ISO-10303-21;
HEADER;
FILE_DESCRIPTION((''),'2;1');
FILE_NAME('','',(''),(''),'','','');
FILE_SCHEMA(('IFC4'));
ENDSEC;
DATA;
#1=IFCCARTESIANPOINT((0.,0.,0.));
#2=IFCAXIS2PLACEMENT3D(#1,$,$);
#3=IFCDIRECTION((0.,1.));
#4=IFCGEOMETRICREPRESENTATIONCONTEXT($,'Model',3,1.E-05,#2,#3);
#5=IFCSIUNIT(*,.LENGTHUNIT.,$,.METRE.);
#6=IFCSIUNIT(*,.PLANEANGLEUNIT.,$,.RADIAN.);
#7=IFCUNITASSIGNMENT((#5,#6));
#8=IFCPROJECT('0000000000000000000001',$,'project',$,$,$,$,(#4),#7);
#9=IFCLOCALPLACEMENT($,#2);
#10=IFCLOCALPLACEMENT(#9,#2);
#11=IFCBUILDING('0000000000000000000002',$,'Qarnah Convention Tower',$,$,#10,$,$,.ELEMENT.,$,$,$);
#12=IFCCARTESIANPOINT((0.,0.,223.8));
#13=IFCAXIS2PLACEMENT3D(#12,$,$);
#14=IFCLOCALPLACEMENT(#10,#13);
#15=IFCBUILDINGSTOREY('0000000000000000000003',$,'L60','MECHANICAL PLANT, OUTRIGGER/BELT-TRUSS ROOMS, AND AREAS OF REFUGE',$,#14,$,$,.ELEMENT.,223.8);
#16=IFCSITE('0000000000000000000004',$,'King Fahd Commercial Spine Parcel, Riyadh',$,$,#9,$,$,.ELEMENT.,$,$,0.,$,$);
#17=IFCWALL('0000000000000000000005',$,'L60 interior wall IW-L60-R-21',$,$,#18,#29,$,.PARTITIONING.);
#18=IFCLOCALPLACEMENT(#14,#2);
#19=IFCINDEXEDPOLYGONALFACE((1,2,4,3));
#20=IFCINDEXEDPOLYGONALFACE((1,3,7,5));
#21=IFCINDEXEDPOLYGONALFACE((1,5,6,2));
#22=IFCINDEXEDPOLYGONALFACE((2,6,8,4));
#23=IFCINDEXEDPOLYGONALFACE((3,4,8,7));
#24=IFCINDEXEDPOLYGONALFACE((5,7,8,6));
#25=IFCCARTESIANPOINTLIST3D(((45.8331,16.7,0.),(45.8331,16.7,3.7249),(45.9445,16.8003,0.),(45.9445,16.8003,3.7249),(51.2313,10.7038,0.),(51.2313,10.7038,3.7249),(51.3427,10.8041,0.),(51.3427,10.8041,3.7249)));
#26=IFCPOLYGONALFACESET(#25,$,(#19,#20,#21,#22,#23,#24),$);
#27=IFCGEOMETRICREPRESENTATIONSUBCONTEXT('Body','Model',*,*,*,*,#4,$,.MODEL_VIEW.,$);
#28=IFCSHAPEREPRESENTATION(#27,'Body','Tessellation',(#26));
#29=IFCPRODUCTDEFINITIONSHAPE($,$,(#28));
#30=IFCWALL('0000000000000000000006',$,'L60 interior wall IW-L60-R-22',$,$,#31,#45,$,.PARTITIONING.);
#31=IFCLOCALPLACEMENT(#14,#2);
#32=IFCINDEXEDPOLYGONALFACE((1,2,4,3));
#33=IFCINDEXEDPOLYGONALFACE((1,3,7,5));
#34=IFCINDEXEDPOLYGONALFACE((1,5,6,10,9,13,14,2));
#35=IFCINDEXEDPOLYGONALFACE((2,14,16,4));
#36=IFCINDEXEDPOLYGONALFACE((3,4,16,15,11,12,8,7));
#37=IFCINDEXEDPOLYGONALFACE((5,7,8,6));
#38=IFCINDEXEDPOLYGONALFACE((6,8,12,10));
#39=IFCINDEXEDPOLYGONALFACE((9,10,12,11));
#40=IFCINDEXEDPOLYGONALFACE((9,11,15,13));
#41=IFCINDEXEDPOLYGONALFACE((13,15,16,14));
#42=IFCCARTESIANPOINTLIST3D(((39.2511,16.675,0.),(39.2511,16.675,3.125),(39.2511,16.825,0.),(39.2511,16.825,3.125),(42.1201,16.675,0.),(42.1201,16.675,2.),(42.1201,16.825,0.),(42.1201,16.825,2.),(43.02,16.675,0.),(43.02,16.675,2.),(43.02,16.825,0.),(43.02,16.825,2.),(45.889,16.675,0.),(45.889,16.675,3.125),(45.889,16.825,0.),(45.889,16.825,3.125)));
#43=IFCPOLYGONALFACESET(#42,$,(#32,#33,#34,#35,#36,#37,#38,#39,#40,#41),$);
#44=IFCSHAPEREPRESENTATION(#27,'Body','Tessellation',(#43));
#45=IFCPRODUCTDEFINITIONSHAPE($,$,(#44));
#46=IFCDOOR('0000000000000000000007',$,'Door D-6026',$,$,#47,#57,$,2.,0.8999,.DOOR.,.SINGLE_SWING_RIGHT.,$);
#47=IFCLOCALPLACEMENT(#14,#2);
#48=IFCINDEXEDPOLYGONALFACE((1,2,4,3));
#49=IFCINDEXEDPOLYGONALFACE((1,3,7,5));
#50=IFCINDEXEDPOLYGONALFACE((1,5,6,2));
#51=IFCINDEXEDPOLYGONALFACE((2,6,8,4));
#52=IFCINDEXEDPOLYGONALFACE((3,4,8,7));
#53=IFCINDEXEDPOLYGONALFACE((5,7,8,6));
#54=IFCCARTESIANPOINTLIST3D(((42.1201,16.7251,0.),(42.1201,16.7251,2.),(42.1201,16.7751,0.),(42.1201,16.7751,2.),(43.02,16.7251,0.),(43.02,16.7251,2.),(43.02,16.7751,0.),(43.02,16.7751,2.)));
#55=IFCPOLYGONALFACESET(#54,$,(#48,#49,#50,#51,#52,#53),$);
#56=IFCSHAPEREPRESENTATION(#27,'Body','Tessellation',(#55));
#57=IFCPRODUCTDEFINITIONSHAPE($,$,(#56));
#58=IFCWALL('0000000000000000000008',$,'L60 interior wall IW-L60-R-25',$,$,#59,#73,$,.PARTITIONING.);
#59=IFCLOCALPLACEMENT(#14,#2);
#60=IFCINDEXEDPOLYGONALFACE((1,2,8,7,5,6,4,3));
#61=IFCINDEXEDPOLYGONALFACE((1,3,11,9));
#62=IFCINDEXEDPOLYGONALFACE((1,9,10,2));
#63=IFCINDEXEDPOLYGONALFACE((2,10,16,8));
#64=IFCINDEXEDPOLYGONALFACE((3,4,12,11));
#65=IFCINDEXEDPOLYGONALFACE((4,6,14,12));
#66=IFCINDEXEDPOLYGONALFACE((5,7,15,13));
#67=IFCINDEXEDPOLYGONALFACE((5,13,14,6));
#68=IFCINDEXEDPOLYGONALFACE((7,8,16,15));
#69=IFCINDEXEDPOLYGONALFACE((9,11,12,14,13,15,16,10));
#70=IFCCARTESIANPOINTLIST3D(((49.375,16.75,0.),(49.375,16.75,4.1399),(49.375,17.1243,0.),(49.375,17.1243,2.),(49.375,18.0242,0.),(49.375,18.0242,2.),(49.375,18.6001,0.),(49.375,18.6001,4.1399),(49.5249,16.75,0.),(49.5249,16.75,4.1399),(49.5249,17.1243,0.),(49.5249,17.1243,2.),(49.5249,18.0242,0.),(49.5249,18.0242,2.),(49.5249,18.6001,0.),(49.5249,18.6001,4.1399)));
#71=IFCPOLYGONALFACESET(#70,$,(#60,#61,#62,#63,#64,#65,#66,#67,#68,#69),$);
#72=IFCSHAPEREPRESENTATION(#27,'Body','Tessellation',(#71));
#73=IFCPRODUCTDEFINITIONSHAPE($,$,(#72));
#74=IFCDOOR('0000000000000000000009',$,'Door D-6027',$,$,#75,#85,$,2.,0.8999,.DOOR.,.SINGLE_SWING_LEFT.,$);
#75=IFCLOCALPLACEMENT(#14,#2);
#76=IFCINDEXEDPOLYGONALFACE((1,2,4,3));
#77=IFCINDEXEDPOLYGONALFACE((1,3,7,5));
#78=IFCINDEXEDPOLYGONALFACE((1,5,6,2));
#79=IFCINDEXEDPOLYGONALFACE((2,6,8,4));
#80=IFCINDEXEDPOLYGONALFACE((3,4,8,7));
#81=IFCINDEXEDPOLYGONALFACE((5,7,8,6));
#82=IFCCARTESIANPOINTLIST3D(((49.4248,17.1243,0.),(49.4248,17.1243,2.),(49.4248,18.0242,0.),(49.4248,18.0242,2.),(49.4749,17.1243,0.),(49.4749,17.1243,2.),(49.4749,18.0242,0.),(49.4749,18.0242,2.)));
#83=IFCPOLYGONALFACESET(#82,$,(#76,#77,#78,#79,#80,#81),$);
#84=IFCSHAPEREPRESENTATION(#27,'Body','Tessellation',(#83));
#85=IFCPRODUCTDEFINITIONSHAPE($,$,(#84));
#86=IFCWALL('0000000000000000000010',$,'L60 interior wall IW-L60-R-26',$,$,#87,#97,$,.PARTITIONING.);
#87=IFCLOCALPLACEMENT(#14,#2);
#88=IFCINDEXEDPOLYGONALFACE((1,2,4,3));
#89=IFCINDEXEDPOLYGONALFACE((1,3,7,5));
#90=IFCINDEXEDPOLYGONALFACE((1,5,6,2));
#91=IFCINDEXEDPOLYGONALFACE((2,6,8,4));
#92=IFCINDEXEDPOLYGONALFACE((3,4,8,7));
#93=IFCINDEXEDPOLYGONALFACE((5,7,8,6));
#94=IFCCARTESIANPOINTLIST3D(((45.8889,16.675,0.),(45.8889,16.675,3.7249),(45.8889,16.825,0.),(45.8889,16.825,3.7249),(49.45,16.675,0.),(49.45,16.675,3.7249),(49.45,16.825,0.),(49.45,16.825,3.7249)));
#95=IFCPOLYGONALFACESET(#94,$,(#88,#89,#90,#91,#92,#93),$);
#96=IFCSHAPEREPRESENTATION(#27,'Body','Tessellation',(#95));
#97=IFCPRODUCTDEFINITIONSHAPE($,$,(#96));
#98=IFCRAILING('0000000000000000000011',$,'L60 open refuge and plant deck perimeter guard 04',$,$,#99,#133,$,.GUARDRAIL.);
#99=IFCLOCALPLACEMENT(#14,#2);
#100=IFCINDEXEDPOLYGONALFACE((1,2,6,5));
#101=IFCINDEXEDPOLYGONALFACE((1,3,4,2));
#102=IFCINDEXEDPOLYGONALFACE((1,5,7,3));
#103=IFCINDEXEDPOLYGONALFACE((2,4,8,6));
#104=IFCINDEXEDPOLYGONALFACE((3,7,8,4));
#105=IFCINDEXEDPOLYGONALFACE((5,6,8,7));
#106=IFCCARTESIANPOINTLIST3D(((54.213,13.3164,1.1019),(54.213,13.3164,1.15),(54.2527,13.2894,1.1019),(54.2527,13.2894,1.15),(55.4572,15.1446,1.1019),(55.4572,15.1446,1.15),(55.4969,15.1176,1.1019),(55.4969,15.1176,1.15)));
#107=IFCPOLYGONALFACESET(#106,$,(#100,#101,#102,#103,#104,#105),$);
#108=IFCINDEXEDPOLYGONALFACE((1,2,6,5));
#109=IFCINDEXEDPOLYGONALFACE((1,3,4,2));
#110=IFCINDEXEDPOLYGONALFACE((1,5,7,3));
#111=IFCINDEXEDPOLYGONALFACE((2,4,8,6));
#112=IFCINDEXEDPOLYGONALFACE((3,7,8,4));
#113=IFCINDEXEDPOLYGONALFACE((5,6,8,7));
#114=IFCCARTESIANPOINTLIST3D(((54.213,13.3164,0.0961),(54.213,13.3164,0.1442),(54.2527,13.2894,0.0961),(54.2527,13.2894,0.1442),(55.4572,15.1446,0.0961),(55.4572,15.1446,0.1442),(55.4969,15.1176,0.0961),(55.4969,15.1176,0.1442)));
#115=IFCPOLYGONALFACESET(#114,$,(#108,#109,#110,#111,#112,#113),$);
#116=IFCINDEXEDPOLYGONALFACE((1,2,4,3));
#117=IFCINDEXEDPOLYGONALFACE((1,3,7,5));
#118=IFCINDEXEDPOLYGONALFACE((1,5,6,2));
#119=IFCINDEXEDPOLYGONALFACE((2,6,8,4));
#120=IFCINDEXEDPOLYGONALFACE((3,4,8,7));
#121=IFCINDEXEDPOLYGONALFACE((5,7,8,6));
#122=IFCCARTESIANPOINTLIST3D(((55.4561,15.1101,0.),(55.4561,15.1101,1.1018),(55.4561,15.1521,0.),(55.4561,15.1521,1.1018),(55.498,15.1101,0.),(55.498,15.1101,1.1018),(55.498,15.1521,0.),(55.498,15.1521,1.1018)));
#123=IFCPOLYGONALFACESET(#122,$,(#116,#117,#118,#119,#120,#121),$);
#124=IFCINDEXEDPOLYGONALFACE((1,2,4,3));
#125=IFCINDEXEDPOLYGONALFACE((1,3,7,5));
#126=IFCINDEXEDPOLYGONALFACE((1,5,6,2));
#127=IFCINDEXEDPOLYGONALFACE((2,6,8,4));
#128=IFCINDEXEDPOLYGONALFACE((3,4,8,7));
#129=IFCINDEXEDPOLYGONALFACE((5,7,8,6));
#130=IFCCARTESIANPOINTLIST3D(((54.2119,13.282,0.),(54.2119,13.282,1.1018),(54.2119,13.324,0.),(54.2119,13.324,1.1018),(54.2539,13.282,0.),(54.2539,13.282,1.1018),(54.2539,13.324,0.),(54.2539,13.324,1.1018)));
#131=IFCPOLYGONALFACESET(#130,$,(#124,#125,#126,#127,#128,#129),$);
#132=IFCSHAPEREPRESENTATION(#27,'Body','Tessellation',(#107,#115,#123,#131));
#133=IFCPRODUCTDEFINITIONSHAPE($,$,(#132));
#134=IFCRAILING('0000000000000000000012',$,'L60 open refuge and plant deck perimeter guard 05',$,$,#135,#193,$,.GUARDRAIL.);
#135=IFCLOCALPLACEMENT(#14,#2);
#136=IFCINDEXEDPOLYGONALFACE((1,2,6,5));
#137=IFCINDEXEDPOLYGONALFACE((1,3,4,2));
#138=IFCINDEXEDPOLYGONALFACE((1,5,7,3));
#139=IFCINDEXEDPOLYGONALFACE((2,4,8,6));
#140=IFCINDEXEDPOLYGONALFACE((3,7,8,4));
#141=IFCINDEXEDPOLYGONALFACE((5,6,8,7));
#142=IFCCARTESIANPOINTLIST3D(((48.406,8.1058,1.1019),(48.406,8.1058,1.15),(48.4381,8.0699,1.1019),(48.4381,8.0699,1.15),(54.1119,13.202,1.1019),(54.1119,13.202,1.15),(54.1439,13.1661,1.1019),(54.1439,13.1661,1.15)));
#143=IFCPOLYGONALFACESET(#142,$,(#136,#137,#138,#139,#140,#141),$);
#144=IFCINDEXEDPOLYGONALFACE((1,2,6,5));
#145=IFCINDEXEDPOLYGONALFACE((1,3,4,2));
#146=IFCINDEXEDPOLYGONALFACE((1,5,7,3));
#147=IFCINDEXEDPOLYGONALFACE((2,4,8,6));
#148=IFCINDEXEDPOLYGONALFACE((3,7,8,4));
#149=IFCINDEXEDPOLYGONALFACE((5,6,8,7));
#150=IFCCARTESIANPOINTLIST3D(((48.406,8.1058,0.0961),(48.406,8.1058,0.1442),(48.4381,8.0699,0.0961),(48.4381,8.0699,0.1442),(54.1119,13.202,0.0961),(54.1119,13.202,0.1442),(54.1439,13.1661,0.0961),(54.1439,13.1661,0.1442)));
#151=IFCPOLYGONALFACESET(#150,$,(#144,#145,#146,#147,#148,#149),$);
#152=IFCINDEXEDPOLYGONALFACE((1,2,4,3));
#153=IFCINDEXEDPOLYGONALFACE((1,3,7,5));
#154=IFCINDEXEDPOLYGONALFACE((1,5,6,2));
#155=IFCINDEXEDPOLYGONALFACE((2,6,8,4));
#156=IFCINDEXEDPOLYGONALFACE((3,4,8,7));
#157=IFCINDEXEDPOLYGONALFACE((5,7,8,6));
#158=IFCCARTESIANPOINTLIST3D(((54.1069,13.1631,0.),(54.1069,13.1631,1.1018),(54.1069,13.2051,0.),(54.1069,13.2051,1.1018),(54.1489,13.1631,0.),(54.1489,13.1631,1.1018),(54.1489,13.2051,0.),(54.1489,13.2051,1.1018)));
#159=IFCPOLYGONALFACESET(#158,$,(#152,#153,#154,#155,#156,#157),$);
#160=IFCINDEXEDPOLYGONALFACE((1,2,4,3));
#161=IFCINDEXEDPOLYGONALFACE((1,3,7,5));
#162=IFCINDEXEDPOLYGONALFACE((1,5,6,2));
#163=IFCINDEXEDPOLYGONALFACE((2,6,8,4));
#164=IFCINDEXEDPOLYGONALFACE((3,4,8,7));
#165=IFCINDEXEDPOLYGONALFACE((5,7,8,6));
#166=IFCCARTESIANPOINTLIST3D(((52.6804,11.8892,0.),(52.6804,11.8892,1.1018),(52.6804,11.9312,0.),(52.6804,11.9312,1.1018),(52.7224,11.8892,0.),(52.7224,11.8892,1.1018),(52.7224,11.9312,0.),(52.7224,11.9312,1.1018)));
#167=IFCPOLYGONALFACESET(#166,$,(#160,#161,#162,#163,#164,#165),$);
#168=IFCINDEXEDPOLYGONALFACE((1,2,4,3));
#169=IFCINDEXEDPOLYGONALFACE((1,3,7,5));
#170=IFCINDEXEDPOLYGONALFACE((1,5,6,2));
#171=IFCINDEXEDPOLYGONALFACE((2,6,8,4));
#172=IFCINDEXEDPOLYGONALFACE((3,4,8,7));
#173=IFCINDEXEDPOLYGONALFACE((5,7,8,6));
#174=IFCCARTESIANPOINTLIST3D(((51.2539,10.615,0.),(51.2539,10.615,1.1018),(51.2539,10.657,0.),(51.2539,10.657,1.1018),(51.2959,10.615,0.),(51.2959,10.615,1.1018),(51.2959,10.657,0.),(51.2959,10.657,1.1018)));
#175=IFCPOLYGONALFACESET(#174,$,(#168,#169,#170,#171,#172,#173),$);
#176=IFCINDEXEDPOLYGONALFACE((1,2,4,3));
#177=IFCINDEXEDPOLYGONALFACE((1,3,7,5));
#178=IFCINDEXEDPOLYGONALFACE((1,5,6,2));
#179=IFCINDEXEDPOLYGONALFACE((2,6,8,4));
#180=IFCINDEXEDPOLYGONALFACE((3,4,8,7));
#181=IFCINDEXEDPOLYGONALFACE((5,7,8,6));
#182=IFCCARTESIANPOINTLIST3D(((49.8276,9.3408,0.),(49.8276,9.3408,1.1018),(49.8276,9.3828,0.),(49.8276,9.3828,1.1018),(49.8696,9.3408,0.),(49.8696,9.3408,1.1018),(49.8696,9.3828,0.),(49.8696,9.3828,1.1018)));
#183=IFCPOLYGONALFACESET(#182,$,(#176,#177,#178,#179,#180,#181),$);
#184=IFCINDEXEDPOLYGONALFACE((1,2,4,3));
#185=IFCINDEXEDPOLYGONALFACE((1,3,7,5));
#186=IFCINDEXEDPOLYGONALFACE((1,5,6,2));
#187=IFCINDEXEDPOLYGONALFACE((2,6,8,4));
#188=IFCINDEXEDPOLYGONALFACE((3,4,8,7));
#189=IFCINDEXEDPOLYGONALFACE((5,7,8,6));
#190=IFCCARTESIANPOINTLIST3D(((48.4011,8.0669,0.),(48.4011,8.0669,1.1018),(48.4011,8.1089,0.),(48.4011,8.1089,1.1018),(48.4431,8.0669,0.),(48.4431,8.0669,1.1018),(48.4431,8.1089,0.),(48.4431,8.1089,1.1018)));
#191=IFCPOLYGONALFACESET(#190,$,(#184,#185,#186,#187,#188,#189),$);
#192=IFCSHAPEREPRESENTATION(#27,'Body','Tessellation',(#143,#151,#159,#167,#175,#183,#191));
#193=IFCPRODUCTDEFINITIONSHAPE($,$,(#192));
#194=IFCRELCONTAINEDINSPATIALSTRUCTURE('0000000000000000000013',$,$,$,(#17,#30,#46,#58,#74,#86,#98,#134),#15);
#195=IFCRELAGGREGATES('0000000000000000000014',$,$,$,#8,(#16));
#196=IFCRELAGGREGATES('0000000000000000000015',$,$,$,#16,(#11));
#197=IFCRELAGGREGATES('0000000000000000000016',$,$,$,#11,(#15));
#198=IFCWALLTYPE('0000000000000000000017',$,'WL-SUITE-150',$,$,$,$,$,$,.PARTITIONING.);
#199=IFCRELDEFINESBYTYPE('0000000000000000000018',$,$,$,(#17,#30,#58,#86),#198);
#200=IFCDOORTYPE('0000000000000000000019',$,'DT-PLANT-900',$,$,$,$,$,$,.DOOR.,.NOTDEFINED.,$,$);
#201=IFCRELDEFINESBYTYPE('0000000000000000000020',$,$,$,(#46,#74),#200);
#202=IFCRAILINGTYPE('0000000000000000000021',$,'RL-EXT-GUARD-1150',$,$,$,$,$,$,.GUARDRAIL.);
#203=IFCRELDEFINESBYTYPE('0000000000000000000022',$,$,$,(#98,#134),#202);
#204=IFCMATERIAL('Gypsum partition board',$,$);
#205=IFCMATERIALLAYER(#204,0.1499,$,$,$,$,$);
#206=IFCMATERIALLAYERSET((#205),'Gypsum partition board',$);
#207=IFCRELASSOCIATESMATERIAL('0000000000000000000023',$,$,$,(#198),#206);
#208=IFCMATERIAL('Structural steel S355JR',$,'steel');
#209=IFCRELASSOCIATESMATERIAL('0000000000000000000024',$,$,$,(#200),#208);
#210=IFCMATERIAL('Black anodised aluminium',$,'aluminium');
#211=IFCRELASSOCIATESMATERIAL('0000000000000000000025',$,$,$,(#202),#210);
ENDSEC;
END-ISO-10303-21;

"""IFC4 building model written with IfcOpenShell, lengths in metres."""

from ifc_helpers import new_model, si_unit, direction, frame, frame_2d, origin, origin_2d, place, context, subcontext, project, spatial, rectangle, extrude, material, layer, layer_set, type_object, element, fill, save


model = new_model("IFC4")

# Units and contexts
model_context = context("Model", 3, precision=1e-05, world=origin(), true_north=direction((0.0, 1.0)))
body_context = subcontext(model_context, "Body", "Model", "MODEL_VIEW")
ifc_project = project(units=[si_unit("LENGTHUNIT", "METRE"), si_unit("PLANEANGLEUNIT", "RADIAN")], contexts=[model_context])

# Site, building, storey
site_placement = place(None, origin())
site = spatial("IfcSite", under=ifc_project, at=site_placement, Name="King Fahd Commercial Spine Parcel, Riyadh", CompositionType="ELEMENT", RefElevation=0.0)
building_placement = place(site_placement, origin())
building = spatial("IfcBuilding", under=site, at=building_placement, Name="Qarnah Convention Tower", CompositionType="ELEMENT")
storey_placement = place(building_placement, frame((0.0, 0.0, 223.8)))
storey = spatial("IfcBuildingStorey", under=building, at=storey_placement, Name="L60", Description="MECHANICAL PLANT, OUTRIGGER/BELT-TRUSS ROOMS, AND AREAS OF REFUGE", CompositionType="ELEMENT", Elevation=223.8)

# Shared definitions
ifc_material_1 = material(Name="Structural steel S355JR", Category="steel")

# Shared definitions
ifc_material_2 = material(Name="Gypsum partition board")
ifc_layer_1 = layer(ifc_material_2, 0.1499)
ifc_layer_set_1 = layer_set([ifc_layer_1], Name="Gypsum partition board")
wall_type_1 = type_object("IfcWallType", Name="WL-SUITE-150", PredefinedType="PARTITIONING", material=ifc_layer_set_1)

# Shared definitions
door_type_1 = type_object("IfcDoorType", Name="DT-PLANT-900", OperationType="NOTDEFINED", PredefinedType="DOOR", material=ifc_material_1)

# Wall
wall_1_placement = place(storey_placement, frame((51.2871, 10.7539, 0.0), z_axis=(0.0, 0.0, 1.0), x_axis=(-0.669082, 0.743189, 0.0)))
element("IfcWall", 1, at=wall_1_placement, inside=storey, type_object=wall_type_1, Name="L60 interior wall IW-L60-R-21", PredefinedType="PARTITIONING", context=body_context, shape_type="SweptSolid", body=[
    extrude(rectangle(XDim=8.0681, YDim=0.1499, at=frame_2d((4.0342, 0.0))), origin(), (0.0, 0.0, 1.0), 3.7249),
])

# Walls, openings, doors
wall_2_placement = place(storey_placement, frame((45.8889, 16.75, 0.0), z_axis=(0.0, 0.0, 1.0), x_axis=(-1.0, 0.0, 0.0)))
wall_2 = element("IfcWall", 2, at=wall_2_placement, inside=storey, type_object=wall_type_1, Name="L60 interior wall IW-L60-R-22", PredefinedType="PARTITIONING", context=body_context, shape_type="SweptSolid", body=[
    extrude(rectangle(XDim=6.6379, YDim=0.1499, at=frame_2d((3.3188, 0.0))), origin(), (0.0, 0.0, 1.0), 3.125),
])
opening_1_placement = place(wall_2_placement, frame((2.8689, 0.0, 0.0)))
opening_1 = element("IfcOpeningElement", 3, at=opening_1_placement, cuts=wall_2, PredefinedType="OPENING", context=body_context, shape_type="SweptSolid", body=[
    extrude(rectangle(XDim=0.8999, YDim=2.0, at=frame_2d((0.45, 1.0))), frame((0.0, 0.085, 0.0), z_axis=(0.0, -1.0, 0.0), x_axis=(1.0, 0.0, 0.0)), (0.0, 0.0, 1.0), 0.1699),
])
door_1_placement = place(opening_1_placement, origin())
door_1 = element("IfcDoor", 4, at=door_1_placement, inside=storey, type_object=door_type_1, Name="Door D-6026", OperationType="SINGLE_SWING_RIGHT", OverallHeight=2.0, OverallWidth=0.8999, PredefinedType="DOOR", context=body_context, shape_type="SweptSolid", body=[
    extrude(rectangle(XDim=0.8999, YDim=2.0, at=frame_2d((0.45, 1.0))), frame((0.0, 0.0249, 0.0), z_axis=(0.0, -1.0, 0.0), x_axis=(1.0, 0.0, 0.0)), (0.0, 0.0, 1.0), 0.05),
])
fill(opening_1, door_1)
wall_3_placement = place(storey_placement, frame((49.45, 18.6001, 0.0), z_axis=(0.0, 0.0, 1.0), x_axis=(0.0, -1.0, 0.0)))
wall_3 = element("IfcWall", 5, at=wall_3_placement, inside=storey, type_object=wall_type_1, Name="L60 interior wall IW-L60-R-25", PredefinedType="PARTITIONING", context=body_context, shape_type="SweptSolid", body=[
    extrude(rectangle(XDim=1.8501, YDim=0.1499, at=frame_2d((0.925, 0.0))), origin(), (0.0, 0.0, 1.0), 4.1399),
])
opening_2_placement = place(wall_3_placement, frame((0.5759, 0.0, 0.0)))
opening_2 = element("IfcOpeningElement", 6, at=opening_2_placement, cuts=wall_3, PredefinedType="OPENING", context=body_context, shape_type="SweptSolid", body=[
    extrude(rectangle(XDim=0.8999, YDim=2.0, at=frame_2d((0.45, 1.0))), frame((0.0, 0.085, 0.0), z_axis=(0.0, -1.0, 0.0), x_axis=(1.0, 0.0, 0.0)), (0.0, 0.0, 1.0), 0.1699),
])
door_2_placement = place(opening_2_placement, origin())
door_2 = element("IfcDoor", 7, at=door_2_placement, inside=storey, type_object=door_type_1, Name="Door D-6027", OperationType="SINGLE_SWING_LEFT", OverallHeight=2.0, OverallWidth=0.8999, PredefinedType="DOOR", context=body_context, shape_type="SweptSolid", body=[
    extrude(rectangle(XDim=0.8999, YDim=2.0, at=frame_2d((0.45, 1.0))), frame((0.0, 0.0249, 0.0), z_axis=(0.0, -1.0, 0.0), x_axis=(1.0, 0.0, 0.0)), (0.0, 0.0, 1.0), 0.05),
])
fill(opening_2, door_2)

# Wall
wall_4_placement = place(storey_placement, frame((49.45, 16.75, 0.0), z_axis=(0.0, 0.0, 1.0), x_axis=(-1.0, 0.0, 0.0)))
element("IfcWall", 8, at=wall_4_placement, inside=storey, type_object=wall_type_1, Name="L60 interior wall IW-L60-R-26", PredefinedType="PARTITIONING", context=body_context, shape_type="SweptSolid", body=[
    extrude(rectangle(XDim=3.561, YDim=0.1499, at=frame_2d((1.7805, 0.0))), origin(), (0.0, 0.0, 1.0), 3.7249),
])

# Railings
ifc_material_3 = material(Name="Black anodised aluminium", Category="aluminium")
railing_type = type_object("IfcRailingType", Name="RL-EXT-GUARD-1150", PredefinedType="GUARDRAIL", material=ifc_material_3)
railing_1_placement = place(storey_placement, frame((55.4771, 15.1311, 0.0)))
element("IfcRailing", 9, at=railing_1_placement, inside=storey, type_object=railing_type, Name="L60 open refuge and plant deck perimeter guard 04", PredefinedType="GUARDRAIL", context=body_context, shape_type="SweptSolid", body=[
    extrude(rectangle(XDim=0.0481, YDim=0.0481, at=origin_2d()), frame((0.0, 0.0, 1.126), z_axis=(-0.562624, -0.826713, 0.0), x_axis=(0.826713, -0.562624, 0.0)), (0.0, 0.0, 1.0), 2.2114),
    extrude(rectangle(XDim=0.0481, YDim=0.0481, at=origin_2d()), frame((0.0, 0.0, 0.1201), z_axis=(-0.562624, -0.826713, 0.0), x_axis=(0.826713, -0.562624, 0.0)), (0.0, 0.0, 1.0), 2.2114),
    extrude(rectangle(XDim=0.042, YDim=0.042, at=origin_2d()), origin(), (0.0, 0.0, 1.0), 1.1018),
    extrude(rectangle(XDim=0.042, YDim=0.042, at=origin_2d()), frame((-1.2441, -1.8281, 0.0)), (0.0, 0.0, 1.0), 1.1018),
])
railing_2_placement = place(storey_placement, frame((54.1279, 13.1841, 0.0)))
element("IfcRailing", 10, at=railing_2_placement, inside=storey, type_object=railing_type, Name="L60 open refuge and plant deck perimeter guard 05", PredefinedType="GUARDRAIL", context=body_context, shape_type="SweptSolid", body=[
    extrude(rectangle(XDim=0.0481, YDim=0.0481, at=origin_2d()), frame((0.0, 0.0, 1.126), z_axis=(-0.745826, -0.666141, 0.0), x_axis=(0.666141, -0.745826, 0.0)), (0.0, 0.0, 1.0), 7.6504),
    extrude(rectangle(XDim=0.0481, YDim=0.0481, at=origin_2d()), frame((0.0, 0.0, 0.1201), z_axis=(-0.745826, -0.666141, 0.0), x_axis=(0.666141, -0.745826, 0.0)), (0.0, 0.0, 1.0), 7.6504),
    extrude(rectangle(XDim=0.042, YDim=0.042, at=origin_2d()), origin(), (0.0, 0.0, 1.0), 1.1018),
    extrude(rectangle(XDim=0.042, YDim=0.042, at=origin_2d()), frame((-1.4265, -1.2739, 0.0)), (0.0, 0.0, 1.0), 1.1018),
    extrude(rectangle(XDim=0.042, YDim=0.042, at=origin_2d()), frame((-2.853, -2.5481, 0.0)), (0.0, 0.0, 1.0), 1.1018),
    extrude(rectangle(XDim=0.042, YDim=0.042, at=origin_2d()), frame((-4.2793, -3.8223, 0.0)), (0.0, 0.0, 1.0), 1.1018),
    extrude(rectangle(XDim=0.042, YDim=0.042, at=origin_2d()), frame((-5.7058, -5.0962, 0.0)), (0.0, 0.0, 1.0), 1.1018),
])

save(model, "model.ifc")
